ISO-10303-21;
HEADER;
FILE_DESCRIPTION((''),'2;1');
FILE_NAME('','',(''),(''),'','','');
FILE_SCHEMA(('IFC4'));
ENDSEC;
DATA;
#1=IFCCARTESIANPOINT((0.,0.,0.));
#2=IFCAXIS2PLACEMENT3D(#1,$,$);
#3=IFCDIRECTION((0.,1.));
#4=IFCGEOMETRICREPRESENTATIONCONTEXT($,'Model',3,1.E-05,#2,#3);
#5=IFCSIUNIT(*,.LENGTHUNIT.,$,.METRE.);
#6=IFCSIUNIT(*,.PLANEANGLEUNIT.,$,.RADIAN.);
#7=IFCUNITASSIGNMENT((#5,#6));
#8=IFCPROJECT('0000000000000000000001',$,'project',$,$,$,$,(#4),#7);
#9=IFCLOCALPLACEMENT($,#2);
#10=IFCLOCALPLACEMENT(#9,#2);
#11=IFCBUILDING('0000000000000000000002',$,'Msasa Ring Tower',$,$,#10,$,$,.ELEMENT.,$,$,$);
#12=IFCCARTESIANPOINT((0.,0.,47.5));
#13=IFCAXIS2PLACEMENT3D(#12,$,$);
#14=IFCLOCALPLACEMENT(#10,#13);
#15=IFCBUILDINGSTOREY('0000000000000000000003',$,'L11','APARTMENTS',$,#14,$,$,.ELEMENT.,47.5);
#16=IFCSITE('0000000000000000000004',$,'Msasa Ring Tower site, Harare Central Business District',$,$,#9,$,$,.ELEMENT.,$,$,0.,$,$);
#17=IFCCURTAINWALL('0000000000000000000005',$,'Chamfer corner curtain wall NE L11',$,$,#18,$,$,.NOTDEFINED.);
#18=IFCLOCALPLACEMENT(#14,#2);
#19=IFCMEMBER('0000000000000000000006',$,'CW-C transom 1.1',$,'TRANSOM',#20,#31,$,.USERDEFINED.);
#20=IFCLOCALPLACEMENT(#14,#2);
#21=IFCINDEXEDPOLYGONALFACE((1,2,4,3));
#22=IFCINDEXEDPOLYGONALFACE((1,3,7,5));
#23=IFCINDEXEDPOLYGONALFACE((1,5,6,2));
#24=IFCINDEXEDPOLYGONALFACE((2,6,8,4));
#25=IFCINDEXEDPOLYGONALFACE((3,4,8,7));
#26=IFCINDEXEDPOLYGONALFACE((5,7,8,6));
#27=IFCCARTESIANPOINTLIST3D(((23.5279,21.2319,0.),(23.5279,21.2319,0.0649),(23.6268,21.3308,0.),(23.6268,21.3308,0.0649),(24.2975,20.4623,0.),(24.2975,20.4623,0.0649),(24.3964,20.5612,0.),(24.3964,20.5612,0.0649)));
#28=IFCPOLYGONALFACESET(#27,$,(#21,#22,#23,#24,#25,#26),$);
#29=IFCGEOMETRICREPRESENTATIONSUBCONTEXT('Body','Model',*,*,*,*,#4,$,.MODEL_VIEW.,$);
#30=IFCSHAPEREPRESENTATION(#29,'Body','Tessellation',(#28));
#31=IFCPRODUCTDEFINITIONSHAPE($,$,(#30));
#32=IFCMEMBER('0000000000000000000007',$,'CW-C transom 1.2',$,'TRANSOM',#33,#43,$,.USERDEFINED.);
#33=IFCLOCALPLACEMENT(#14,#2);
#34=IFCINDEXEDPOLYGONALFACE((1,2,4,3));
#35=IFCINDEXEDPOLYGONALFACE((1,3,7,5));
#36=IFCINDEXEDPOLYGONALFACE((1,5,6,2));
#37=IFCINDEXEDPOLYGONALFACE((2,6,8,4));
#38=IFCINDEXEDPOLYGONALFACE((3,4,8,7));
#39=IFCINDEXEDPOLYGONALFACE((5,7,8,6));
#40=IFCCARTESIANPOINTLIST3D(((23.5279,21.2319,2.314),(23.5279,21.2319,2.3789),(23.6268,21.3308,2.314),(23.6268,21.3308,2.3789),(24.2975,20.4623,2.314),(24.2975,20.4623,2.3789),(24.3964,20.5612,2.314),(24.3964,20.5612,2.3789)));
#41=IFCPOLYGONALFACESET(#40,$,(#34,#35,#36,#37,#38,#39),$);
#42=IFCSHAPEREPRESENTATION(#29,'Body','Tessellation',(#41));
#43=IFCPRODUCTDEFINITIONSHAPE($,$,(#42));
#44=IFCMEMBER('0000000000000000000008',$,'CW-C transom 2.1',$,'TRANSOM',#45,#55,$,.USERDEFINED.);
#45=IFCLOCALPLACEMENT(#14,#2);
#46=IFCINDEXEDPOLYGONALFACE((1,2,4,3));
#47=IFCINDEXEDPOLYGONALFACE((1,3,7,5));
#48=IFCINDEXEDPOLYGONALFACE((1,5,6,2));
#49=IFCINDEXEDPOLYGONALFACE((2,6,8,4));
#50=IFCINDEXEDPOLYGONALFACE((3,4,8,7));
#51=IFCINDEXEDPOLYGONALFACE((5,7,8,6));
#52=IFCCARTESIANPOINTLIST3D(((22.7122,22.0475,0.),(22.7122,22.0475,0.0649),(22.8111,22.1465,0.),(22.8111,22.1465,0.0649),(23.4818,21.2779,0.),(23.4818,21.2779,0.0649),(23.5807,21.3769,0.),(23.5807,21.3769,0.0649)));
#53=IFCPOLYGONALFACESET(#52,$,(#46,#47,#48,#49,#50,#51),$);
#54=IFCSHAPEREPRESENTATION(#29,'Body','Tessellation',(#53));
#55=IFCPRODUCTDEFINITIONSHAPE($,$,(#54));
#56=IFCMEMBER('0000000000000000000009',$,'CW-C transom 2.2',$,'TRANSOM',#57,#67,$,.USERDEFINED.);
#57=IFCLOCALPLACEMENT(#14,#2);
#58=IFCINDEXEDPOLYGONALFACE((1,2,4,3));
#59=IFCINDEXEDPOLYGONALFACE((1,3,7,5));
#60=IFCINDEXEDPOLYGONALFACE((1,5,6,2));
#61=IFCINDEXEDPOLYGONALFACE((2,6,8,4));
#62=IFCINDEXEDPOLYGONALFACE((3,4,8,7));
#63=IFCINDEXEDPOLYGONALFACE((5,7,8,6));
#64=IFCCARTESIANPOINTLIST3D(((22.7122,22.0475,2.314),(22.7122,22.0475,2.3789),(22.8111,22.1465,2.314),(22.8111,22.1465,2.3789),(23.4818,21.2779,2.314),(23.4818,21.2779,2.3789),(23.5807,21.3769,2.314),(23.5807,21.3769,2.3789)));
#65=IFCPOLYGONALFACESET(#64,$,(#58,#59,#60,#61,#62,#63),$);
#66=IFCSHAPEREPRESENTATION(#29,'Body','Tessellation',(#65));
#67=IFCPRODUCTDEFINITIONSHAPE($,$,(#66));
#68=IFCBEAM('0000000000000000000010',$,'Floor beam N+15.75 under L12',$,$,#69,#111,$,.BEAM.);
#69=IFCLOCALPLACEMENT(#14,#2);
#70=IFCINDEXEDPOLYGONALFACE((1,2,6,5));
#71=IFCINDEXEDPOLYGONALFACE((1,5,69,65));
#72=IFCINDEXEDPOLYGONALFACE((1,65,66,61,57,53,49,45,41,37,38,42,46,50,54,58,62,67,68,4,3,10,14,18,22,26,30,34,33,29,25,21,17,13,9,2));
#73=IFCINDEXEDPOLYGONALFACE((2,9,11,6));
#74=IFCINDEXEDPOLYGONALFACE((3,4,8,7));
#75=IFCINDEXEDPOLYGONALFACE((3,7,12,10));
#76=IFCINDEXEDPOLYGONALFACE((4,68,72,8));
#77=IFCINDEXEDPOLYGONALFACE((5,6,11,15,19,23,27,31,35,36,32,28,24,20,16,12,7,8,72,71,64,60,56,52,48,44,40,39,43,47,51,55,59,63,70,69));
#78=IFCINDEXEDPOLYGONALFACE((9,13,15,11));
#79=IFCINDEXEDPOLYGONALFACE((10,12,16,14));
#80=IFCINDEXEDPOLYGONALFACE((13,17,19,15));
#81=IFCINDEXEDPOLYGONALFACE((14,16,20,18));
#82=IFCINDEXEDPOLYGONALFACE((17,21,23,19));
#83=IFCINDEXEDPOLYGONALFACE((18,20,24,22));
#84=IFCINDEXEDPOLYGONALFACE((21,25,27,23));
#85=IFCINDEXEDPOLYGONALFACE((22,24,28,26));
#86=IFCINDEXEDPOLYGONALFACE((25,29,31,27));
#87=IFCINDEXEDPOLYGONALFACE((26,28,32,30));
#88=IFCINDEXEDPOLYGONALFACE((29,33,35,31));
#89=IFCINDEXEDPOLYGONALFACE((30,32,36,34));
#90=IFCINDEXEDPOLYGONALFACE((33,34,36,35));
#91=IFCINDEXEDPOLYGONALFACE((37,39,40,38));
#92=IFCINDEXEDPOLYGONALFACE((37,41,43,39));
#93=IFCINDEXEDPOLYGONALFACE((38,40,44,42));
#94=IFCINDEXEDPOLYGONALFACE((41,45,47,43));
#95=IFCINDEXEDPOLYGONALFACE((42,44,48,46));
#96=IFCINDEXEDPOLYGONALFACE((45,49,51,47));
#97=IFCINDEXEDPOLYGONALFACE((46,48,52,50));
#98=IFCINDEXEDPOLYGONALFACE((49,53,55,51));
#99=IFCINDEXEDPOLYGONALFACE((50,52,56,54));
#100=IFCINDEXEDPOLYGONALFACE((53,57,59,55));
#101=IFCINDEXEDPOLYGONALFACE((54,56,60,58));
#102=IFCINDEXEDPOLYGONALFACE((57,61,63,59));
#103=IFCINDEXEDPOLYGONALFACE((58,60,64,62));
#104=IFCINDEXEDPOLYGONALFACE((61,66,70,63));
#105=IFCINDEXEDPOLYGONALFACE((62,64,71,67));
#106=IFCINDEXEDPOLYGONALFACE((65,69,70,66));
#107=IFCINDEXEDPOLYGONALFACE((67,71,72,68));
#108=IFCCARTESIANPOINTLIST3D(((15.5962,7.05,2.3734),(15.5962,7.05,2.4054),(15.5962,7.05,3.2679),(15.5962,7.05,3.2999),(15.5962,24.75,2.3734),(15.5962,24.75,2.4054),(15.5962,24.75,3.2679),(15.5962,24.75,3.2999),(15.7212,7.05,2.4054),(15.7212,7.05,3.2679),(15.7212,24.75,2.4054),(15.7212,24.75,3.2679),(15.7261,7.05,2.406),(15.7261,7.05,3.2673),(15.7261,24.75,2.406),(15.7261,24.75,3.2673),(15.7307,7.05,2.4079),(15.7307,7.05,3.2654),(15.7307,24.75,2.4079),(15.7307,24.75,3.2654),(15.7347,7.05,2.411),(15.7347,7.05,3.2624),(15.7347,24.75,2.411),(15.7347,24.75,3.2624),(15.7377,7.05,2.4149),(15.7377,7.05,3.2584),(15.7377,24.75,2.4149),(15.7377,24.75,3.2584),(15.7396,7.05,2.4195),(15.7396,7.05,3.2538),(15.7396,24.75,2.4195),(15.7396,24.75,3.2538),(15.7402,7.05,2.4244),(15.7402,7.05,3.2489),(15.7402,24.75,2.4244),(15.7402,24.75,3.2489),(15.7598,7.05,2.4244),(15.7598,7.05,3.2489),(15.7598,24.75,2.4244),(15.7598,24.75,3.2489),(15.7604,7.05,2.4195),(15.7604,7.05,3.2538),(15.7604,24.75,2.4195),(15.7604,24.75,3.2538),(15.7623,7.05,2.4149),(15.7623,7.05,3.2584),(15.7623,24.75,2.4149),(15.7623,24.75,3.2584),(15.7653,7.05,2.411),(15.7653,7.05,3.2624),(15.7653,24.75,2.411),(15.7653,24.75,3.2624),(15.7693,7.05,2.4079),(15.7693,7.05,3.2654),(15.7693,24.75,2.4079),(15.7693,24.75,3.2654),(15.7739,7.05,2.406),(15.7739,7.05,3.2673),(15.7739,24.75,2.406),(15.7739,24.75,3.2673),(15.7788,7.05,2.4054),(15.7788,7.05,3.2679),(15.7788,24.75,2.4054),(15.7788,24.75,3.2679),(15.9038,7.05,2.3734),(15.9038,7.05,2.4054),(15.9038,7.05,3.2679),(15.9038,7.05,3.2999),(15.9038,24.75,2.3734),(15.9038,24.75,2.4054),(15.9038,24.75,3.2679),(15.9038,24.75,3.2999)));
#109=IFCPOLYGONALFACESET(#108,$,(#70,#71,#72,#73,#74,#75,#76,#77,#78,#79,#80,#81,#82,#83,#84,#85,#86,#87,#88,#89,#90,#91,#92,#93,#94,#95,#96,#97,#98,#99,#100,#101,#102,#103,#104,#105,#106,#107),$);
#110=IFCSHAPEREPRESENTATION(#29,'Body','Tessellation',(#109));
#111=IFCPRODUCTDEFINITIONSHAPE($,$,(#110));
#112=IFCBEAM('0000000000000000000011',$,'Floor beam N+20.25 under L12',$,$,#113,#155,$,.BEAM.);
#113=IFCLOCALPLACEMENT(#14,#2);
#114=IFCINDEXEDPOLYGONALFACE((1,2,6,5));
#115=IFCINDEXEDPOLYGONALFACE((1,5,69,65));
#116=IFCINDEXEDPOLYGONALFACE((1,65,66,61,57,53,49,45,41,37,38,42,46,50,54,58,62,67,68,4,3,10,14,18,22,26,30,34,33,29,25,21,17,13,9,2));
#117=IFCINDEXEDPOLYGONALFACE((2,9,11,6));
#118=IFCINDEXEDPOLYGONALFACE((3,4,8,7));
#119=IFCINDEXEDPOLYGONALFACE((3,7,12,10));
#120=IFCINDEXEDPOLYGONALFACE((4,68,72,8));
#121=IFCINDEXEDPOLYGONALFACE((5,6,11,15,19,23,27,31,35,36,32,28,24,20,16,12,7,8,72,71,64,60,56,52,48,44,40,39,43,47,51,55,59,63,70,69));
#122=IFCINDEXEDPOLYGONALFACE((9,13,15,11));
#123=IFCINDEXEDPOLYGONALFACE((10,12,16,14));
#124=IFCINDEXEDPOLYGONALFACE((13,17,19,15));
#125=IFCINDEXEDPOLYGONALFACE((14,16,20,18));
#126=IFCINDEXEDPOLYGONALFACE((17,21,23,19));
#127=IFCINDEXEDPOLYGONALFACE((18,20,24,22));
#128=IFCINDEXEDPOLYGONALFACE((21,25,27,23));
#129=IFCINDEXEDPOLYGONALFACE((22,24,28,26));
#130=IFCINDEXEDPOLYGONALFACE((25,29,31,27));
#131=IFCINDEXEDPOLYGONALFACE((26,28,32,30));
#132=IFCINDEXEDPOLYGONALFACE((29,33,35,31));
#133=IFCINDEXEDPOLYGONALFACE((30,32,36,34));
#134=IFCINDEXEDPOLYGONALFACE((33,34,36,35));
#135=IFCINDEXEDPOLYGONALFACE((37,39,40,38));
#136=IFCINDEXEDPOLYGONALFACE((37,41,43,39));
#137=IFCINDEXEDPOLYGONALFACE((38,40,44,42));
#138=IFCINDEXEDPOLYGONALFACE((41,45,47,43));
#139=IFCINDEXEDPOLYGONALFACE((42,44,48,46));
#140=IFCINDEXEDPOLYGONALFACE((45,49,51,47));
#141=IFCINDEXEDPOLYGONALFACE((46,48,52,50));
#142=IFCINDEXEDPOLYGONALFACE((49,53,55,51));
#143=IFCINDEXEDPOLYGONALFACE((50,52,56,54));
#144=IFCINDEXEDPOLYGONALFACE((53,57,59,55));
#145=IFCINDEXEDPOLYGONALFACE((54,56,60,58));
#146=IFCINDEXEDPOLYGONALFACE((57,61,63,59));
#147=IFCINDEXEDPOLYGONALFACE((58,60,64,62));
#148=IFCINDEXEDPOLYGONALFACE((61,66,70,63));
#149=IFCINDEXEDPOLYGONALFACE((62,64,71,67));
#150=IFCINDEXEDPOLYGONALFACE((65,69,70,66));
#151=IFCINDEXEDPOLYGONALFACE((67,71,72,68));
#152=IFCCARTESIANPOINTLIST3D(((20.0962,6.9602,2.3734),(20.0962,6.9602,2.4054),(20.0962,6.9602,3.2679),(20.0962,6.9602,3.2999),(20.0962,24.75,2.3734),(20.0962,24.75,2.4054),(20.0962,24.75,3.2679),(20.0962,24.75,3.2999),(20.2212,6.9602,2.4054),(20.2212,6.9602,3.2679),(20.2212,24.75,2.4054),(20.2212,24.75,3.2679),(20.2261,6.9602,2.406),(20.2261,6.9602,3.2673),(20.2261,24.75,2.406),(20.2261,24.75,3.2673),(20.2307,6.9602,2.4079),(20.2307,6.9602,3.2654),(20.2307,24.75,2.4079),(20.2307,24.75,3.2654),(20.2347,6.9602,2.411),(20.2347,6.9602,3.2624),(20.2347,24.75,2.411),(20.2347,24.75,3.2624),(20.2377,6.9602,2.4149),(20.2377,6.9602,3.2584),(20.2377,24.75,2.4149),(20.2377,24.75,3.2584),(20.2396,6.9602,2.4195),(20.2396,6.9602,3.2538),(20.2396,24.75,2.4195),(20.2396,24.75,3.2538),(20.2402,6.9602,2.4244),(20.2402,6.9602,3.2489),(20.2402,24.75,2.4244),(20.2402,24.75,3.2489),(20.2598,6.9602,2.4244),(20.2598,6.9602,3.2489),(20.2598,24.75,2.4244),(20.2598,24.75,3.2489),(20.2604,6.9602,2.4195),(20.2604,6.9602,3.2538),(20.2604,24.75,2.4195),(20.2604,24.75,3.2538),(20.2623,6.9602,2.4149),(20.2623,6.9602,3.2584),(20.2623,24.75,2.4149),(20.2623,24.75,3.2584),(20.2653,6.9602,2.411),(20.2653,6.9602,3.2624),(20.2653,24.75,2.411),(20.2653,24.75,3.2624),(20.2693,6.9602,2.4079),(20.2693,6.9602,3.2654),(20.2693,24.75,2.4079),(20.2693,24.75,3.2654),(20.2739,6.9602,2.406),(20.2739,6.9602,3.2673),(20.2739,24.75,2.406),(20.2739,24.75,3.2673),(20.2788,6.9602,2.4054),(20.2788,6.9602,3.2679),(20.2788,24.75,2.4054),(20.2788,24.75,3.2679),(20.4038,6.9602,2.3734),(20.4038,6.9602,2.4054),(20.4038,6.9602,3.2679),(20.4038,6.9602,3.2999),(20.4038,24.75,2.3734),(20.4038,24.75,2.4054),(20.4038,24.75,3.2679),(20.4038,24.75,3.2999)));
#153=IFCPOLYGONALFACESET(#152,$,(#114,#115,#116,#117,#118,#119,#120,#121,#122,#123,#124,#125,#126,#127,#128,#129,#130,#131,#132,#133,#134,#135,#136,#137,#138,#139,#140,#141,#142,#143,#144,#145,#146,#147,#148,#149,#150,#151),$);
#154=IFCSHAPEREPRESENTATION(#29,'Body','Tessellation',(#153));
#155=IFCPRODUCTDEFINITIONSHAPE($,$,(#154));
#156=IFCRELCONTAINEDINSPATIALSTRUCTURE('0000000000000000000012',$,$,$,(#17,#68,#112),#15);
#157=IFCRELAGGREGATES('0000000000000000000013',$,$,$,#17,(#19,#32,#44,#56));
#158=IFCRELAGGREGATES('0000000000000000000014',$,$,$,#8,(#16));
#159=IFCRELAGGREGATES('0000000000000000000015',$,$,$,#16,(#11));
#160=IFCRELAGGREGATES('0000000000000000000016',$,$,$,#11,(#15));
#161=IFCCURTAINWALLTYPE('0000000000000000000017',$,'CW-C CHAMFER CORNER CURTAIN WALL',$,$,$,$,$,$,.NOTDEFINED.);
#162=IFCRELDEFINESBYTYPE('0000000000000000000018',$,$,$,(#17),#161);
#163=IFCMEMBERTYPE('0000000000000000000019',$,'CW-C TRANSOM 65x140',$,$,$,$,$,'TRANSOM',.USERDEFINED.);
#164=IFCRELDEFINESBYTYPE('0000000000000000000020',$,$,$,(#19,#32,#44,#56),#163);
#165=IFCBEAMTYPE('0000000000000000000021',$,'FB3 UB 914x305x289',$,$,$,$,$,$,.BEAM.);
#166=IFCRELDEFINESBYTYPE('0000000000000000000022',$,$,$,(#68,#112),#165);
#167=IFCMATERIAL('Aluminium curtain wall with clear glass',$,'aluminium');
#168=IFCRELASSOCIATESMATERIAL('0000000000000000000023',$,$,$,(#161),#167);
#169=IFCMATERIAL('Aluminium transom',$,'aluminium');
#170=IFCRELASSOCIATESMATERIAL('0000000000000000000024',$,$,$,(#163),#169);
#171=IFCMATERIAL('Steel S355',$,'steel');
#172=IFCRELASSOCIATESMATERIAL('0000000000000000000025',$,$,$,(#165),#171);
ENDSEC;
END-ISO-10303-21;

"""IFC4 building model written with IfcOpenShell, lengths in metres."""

from ifc_helpers import new_model, si_unit, direction, frame, origin, origin_2d, place, context, subcontext, project, spatial, rectangle, i_section, extrude, material, material_profile, profile_set, type_object, element, aggregate, save


model = new_model("IFC4")

# Units and contexts
model_context = context("Model", 3, precision=1e-05, world=origin(), true_north=direction((0.0, 1.0)))
body_context = subcontext(model_context, "Body", "Model", "MODEL_VIEW")
ifc_project = project(units=[si_unit("LENGTHUNIT", "METRE"), si_unit("PLANEANGLEUNIT", "RADIAN")], contexts=[model_context])

# Site, building, storey
site_placement = place(None, origin())
site = spatial("IfcSite", under=ifc_project, at=site_placement, Name="Msasa Ring Tower site, Harare Central Business District", CompositionType="ELEMENT", RefElevation=0.0)
building_placement = place(site_placement, origin())
building = spatial("IfcBuilding", under=site, at=building_placement, Name="Msasa Ring Tower", CompositionType="ELEMENT")
storey_placement = place(building_placement, frame((0.0, 0.0, 47.5)))
storey = spatial("IfcBuildingStorey", under=building, at=storey_placement, Name="L11", Description="APARTMENTS", CompositionType="ELEMENT", Elevation=47.5)

# Curtain wall
ifc_material_1 = material(Name="Aluminium curtain wall with clear glass", Category="aluminium")
curtain_wall_type = type_object("IfcCurtainWallType", Name="CW-C CHAMFER CORNER CURTAIN WALL", PredefinedType="NOTDEFINED", material=ifc_material_1)
curtain_wall_1_placement = place(storey_placement, origin())
curtain_wall_1 = element("IfcCurtainWall", 1, at=curtain_wall_1_placement, inside=storey, type_object=curtain_wall_type, Name="Chamfer corner curtain wall NE L11", PredefinedType="NOTDEFINED")

# Members
ifc_material_2 = material(Name="Aluminium transom", Category="aluminium")
ifc_material_profile_1 = material_profile(ifc_material_2, rectangle(XDim=0.1399, YDim=0.0649, at=origin_2d()), Name="AL 65x140")
ifc_profile_set_1 = profile_set([ifc_material_profile_1], Name="Aluminium transom")
member_type_1 = type_object("IfcMemberType", Name="CW-C TRANSOM 65x140", ElementType="TRANSOM", PredefinedType="USERDEFINED", material=ifc_profile_set_1)
member_1_placement = place(storey_placement, frame((24.3469, 20.5117, 0.0325), z_axis=(-0.707107, 0.707107, 0.0), x_axis=(-0.707107, -0.707107, 0.0)))
member_1 = element("IfcMember", 2, at=member_1_placement, type_object=member_type_1, Name="CW-C transom 1.1", ObjectType="TRANSOM", PredefinedType="USERDEFINED", context=body_context, shape_type="SweptSolid", body=[
    extrude(rectangle(XDim=0.1399, YDim=0.0649, at=origin_2d()), origin(), (0.0, 0.0, 1.0), 1.0884),
])
member_2_placement = place(storey_placement, frame((24.3469, 20.5117, 2.3464), z_axis=(-0.707107, 0.707107, 0.0), x_axis=(-0.707107, -0.707107, 0.0)))
member_2 = element("IfcMember", 3, at=member_2_placement, type_object=member_type_1, Name="CW-C transom 1.2", ObjectType="TRANSOM", PredefinedType="USERDEFINED", context=body_context, shape_type="SweptSolid", body=[
    extrude(rectangle(XDim=0.1399, YDim=0.0649, at=origin_2d()), origin(), (0.0, 0.0, 1.0), 1.0884),
])
member_3_placement = place(storey_placement, frame((23.5312, 21.3274, 0.0325), z_axis=(-0.707107, 0.707107, 0.0), x_axis=(-0.707107, -0.707107, 0.0)))
member_3 = element("IfcMember", 4, at=member_3_placement, type_object=member_type_1, Name="CW-C transom 2.1", ObjectType="TRANSOM", PredefinedType="USERDEFINED", context=body_context, shape_type="SweptSolid", body=[
    extrude(rectangle(XDim=0.1399, YDim=0.0649, at=origin_2d()), origin(), (0.0, 0.0, 1.0), 1.0884),
])
member_4_placement = place(storey_placement, frame((23.5312, 21.3274, 2.3464), z_axis=(-0.707107, 0.707107, 0.0), x_axis=(-0.707107, -0.707107, 0.0)))
member_4 = element("IfcMember", 5, at=member_4_placement, type_object=member_type_1, Name="CW-C transom 2.2", ObjectType="TRANSOM", PredefinedType="USERDEFINED", context=body_context, shape_type="SweptSolid", body=[
    extrude(rectangle(XDim=0.1399, YDim=0.0649, at=origin_2d()), origin(), (0.0, 0.0, 1.0), 1.0884),
])

# Beams
ifc_material_3 = material(Name="Steel S355", Category="steel")
ifc_material_profile_2 = material_profile(ifc_material_3, i_section(OverallWidth=0.3076, OverallDepth=0.9265, WebThickness=0.0195, FlangeThickness=0.032, FilletRadius=0.019, at=origin_2d()), Name="UB 914x305x289")
ifc_profile_set_2 = profile_set([ifc_material_profile_2], Name="Steel S355")
beam_type_1 = type_object("IfcBeamType", Name="FB3 UB 914x305x289", PredefinedType="BEAM", material=ifc_profile_set_2)
beam_1_placement = place(storey_placement, frame((15.75, 24.75, 2.8367), z_axis=(0.0, -1.0, 0.0), x_axis=(1.0, 0.0, 0.0)))
element("IfcBeam", 6, at=beam_1_placement, inside=storey, type_object=beam_type_1, Name="Floor beam N+15.75 under L12", PredefinedType="BEAM", context=body_context, shape_type="SweptSolid", body=[
    extrude(i_section(OverallWidth=0.3076, OverallDepth=0.9265, WebThickness=0.0195, FlangeThickness=0.032, FilletRadius=0.019, at=origin_2d()), origin(), (0.0, 0.0, 1.0), 17.7),
])
beam_2_placement = place(storey_placement, frame((20.25, 24.75, 2.8367), z_axis=(0.0, -1.0, 0.0), x_axis=(1.0, 0.0, 0.0)))
element("IfcBeam", 7, at=beam_2_placement, inside=storey, type_object=beam_type_1, Name="Floor beam N+20.25 under L12", PredefinedType="BEAM", context=body_context, shape_type="SweptSolid", body=[
    extrude(i_section(OverallWidth=0.3076, OverallDepth=0.9265, WebThickness=0.0195, FlangeThickness=0.032, FilletRadius=0.019, at=origin_2d()), origin(), (0.0, 0.0, 1.0), 17.7898),
])

aggregate(curtain_wall_1, [member_1, member_2, member_3, member_4])

save(model, "model.ifc")
